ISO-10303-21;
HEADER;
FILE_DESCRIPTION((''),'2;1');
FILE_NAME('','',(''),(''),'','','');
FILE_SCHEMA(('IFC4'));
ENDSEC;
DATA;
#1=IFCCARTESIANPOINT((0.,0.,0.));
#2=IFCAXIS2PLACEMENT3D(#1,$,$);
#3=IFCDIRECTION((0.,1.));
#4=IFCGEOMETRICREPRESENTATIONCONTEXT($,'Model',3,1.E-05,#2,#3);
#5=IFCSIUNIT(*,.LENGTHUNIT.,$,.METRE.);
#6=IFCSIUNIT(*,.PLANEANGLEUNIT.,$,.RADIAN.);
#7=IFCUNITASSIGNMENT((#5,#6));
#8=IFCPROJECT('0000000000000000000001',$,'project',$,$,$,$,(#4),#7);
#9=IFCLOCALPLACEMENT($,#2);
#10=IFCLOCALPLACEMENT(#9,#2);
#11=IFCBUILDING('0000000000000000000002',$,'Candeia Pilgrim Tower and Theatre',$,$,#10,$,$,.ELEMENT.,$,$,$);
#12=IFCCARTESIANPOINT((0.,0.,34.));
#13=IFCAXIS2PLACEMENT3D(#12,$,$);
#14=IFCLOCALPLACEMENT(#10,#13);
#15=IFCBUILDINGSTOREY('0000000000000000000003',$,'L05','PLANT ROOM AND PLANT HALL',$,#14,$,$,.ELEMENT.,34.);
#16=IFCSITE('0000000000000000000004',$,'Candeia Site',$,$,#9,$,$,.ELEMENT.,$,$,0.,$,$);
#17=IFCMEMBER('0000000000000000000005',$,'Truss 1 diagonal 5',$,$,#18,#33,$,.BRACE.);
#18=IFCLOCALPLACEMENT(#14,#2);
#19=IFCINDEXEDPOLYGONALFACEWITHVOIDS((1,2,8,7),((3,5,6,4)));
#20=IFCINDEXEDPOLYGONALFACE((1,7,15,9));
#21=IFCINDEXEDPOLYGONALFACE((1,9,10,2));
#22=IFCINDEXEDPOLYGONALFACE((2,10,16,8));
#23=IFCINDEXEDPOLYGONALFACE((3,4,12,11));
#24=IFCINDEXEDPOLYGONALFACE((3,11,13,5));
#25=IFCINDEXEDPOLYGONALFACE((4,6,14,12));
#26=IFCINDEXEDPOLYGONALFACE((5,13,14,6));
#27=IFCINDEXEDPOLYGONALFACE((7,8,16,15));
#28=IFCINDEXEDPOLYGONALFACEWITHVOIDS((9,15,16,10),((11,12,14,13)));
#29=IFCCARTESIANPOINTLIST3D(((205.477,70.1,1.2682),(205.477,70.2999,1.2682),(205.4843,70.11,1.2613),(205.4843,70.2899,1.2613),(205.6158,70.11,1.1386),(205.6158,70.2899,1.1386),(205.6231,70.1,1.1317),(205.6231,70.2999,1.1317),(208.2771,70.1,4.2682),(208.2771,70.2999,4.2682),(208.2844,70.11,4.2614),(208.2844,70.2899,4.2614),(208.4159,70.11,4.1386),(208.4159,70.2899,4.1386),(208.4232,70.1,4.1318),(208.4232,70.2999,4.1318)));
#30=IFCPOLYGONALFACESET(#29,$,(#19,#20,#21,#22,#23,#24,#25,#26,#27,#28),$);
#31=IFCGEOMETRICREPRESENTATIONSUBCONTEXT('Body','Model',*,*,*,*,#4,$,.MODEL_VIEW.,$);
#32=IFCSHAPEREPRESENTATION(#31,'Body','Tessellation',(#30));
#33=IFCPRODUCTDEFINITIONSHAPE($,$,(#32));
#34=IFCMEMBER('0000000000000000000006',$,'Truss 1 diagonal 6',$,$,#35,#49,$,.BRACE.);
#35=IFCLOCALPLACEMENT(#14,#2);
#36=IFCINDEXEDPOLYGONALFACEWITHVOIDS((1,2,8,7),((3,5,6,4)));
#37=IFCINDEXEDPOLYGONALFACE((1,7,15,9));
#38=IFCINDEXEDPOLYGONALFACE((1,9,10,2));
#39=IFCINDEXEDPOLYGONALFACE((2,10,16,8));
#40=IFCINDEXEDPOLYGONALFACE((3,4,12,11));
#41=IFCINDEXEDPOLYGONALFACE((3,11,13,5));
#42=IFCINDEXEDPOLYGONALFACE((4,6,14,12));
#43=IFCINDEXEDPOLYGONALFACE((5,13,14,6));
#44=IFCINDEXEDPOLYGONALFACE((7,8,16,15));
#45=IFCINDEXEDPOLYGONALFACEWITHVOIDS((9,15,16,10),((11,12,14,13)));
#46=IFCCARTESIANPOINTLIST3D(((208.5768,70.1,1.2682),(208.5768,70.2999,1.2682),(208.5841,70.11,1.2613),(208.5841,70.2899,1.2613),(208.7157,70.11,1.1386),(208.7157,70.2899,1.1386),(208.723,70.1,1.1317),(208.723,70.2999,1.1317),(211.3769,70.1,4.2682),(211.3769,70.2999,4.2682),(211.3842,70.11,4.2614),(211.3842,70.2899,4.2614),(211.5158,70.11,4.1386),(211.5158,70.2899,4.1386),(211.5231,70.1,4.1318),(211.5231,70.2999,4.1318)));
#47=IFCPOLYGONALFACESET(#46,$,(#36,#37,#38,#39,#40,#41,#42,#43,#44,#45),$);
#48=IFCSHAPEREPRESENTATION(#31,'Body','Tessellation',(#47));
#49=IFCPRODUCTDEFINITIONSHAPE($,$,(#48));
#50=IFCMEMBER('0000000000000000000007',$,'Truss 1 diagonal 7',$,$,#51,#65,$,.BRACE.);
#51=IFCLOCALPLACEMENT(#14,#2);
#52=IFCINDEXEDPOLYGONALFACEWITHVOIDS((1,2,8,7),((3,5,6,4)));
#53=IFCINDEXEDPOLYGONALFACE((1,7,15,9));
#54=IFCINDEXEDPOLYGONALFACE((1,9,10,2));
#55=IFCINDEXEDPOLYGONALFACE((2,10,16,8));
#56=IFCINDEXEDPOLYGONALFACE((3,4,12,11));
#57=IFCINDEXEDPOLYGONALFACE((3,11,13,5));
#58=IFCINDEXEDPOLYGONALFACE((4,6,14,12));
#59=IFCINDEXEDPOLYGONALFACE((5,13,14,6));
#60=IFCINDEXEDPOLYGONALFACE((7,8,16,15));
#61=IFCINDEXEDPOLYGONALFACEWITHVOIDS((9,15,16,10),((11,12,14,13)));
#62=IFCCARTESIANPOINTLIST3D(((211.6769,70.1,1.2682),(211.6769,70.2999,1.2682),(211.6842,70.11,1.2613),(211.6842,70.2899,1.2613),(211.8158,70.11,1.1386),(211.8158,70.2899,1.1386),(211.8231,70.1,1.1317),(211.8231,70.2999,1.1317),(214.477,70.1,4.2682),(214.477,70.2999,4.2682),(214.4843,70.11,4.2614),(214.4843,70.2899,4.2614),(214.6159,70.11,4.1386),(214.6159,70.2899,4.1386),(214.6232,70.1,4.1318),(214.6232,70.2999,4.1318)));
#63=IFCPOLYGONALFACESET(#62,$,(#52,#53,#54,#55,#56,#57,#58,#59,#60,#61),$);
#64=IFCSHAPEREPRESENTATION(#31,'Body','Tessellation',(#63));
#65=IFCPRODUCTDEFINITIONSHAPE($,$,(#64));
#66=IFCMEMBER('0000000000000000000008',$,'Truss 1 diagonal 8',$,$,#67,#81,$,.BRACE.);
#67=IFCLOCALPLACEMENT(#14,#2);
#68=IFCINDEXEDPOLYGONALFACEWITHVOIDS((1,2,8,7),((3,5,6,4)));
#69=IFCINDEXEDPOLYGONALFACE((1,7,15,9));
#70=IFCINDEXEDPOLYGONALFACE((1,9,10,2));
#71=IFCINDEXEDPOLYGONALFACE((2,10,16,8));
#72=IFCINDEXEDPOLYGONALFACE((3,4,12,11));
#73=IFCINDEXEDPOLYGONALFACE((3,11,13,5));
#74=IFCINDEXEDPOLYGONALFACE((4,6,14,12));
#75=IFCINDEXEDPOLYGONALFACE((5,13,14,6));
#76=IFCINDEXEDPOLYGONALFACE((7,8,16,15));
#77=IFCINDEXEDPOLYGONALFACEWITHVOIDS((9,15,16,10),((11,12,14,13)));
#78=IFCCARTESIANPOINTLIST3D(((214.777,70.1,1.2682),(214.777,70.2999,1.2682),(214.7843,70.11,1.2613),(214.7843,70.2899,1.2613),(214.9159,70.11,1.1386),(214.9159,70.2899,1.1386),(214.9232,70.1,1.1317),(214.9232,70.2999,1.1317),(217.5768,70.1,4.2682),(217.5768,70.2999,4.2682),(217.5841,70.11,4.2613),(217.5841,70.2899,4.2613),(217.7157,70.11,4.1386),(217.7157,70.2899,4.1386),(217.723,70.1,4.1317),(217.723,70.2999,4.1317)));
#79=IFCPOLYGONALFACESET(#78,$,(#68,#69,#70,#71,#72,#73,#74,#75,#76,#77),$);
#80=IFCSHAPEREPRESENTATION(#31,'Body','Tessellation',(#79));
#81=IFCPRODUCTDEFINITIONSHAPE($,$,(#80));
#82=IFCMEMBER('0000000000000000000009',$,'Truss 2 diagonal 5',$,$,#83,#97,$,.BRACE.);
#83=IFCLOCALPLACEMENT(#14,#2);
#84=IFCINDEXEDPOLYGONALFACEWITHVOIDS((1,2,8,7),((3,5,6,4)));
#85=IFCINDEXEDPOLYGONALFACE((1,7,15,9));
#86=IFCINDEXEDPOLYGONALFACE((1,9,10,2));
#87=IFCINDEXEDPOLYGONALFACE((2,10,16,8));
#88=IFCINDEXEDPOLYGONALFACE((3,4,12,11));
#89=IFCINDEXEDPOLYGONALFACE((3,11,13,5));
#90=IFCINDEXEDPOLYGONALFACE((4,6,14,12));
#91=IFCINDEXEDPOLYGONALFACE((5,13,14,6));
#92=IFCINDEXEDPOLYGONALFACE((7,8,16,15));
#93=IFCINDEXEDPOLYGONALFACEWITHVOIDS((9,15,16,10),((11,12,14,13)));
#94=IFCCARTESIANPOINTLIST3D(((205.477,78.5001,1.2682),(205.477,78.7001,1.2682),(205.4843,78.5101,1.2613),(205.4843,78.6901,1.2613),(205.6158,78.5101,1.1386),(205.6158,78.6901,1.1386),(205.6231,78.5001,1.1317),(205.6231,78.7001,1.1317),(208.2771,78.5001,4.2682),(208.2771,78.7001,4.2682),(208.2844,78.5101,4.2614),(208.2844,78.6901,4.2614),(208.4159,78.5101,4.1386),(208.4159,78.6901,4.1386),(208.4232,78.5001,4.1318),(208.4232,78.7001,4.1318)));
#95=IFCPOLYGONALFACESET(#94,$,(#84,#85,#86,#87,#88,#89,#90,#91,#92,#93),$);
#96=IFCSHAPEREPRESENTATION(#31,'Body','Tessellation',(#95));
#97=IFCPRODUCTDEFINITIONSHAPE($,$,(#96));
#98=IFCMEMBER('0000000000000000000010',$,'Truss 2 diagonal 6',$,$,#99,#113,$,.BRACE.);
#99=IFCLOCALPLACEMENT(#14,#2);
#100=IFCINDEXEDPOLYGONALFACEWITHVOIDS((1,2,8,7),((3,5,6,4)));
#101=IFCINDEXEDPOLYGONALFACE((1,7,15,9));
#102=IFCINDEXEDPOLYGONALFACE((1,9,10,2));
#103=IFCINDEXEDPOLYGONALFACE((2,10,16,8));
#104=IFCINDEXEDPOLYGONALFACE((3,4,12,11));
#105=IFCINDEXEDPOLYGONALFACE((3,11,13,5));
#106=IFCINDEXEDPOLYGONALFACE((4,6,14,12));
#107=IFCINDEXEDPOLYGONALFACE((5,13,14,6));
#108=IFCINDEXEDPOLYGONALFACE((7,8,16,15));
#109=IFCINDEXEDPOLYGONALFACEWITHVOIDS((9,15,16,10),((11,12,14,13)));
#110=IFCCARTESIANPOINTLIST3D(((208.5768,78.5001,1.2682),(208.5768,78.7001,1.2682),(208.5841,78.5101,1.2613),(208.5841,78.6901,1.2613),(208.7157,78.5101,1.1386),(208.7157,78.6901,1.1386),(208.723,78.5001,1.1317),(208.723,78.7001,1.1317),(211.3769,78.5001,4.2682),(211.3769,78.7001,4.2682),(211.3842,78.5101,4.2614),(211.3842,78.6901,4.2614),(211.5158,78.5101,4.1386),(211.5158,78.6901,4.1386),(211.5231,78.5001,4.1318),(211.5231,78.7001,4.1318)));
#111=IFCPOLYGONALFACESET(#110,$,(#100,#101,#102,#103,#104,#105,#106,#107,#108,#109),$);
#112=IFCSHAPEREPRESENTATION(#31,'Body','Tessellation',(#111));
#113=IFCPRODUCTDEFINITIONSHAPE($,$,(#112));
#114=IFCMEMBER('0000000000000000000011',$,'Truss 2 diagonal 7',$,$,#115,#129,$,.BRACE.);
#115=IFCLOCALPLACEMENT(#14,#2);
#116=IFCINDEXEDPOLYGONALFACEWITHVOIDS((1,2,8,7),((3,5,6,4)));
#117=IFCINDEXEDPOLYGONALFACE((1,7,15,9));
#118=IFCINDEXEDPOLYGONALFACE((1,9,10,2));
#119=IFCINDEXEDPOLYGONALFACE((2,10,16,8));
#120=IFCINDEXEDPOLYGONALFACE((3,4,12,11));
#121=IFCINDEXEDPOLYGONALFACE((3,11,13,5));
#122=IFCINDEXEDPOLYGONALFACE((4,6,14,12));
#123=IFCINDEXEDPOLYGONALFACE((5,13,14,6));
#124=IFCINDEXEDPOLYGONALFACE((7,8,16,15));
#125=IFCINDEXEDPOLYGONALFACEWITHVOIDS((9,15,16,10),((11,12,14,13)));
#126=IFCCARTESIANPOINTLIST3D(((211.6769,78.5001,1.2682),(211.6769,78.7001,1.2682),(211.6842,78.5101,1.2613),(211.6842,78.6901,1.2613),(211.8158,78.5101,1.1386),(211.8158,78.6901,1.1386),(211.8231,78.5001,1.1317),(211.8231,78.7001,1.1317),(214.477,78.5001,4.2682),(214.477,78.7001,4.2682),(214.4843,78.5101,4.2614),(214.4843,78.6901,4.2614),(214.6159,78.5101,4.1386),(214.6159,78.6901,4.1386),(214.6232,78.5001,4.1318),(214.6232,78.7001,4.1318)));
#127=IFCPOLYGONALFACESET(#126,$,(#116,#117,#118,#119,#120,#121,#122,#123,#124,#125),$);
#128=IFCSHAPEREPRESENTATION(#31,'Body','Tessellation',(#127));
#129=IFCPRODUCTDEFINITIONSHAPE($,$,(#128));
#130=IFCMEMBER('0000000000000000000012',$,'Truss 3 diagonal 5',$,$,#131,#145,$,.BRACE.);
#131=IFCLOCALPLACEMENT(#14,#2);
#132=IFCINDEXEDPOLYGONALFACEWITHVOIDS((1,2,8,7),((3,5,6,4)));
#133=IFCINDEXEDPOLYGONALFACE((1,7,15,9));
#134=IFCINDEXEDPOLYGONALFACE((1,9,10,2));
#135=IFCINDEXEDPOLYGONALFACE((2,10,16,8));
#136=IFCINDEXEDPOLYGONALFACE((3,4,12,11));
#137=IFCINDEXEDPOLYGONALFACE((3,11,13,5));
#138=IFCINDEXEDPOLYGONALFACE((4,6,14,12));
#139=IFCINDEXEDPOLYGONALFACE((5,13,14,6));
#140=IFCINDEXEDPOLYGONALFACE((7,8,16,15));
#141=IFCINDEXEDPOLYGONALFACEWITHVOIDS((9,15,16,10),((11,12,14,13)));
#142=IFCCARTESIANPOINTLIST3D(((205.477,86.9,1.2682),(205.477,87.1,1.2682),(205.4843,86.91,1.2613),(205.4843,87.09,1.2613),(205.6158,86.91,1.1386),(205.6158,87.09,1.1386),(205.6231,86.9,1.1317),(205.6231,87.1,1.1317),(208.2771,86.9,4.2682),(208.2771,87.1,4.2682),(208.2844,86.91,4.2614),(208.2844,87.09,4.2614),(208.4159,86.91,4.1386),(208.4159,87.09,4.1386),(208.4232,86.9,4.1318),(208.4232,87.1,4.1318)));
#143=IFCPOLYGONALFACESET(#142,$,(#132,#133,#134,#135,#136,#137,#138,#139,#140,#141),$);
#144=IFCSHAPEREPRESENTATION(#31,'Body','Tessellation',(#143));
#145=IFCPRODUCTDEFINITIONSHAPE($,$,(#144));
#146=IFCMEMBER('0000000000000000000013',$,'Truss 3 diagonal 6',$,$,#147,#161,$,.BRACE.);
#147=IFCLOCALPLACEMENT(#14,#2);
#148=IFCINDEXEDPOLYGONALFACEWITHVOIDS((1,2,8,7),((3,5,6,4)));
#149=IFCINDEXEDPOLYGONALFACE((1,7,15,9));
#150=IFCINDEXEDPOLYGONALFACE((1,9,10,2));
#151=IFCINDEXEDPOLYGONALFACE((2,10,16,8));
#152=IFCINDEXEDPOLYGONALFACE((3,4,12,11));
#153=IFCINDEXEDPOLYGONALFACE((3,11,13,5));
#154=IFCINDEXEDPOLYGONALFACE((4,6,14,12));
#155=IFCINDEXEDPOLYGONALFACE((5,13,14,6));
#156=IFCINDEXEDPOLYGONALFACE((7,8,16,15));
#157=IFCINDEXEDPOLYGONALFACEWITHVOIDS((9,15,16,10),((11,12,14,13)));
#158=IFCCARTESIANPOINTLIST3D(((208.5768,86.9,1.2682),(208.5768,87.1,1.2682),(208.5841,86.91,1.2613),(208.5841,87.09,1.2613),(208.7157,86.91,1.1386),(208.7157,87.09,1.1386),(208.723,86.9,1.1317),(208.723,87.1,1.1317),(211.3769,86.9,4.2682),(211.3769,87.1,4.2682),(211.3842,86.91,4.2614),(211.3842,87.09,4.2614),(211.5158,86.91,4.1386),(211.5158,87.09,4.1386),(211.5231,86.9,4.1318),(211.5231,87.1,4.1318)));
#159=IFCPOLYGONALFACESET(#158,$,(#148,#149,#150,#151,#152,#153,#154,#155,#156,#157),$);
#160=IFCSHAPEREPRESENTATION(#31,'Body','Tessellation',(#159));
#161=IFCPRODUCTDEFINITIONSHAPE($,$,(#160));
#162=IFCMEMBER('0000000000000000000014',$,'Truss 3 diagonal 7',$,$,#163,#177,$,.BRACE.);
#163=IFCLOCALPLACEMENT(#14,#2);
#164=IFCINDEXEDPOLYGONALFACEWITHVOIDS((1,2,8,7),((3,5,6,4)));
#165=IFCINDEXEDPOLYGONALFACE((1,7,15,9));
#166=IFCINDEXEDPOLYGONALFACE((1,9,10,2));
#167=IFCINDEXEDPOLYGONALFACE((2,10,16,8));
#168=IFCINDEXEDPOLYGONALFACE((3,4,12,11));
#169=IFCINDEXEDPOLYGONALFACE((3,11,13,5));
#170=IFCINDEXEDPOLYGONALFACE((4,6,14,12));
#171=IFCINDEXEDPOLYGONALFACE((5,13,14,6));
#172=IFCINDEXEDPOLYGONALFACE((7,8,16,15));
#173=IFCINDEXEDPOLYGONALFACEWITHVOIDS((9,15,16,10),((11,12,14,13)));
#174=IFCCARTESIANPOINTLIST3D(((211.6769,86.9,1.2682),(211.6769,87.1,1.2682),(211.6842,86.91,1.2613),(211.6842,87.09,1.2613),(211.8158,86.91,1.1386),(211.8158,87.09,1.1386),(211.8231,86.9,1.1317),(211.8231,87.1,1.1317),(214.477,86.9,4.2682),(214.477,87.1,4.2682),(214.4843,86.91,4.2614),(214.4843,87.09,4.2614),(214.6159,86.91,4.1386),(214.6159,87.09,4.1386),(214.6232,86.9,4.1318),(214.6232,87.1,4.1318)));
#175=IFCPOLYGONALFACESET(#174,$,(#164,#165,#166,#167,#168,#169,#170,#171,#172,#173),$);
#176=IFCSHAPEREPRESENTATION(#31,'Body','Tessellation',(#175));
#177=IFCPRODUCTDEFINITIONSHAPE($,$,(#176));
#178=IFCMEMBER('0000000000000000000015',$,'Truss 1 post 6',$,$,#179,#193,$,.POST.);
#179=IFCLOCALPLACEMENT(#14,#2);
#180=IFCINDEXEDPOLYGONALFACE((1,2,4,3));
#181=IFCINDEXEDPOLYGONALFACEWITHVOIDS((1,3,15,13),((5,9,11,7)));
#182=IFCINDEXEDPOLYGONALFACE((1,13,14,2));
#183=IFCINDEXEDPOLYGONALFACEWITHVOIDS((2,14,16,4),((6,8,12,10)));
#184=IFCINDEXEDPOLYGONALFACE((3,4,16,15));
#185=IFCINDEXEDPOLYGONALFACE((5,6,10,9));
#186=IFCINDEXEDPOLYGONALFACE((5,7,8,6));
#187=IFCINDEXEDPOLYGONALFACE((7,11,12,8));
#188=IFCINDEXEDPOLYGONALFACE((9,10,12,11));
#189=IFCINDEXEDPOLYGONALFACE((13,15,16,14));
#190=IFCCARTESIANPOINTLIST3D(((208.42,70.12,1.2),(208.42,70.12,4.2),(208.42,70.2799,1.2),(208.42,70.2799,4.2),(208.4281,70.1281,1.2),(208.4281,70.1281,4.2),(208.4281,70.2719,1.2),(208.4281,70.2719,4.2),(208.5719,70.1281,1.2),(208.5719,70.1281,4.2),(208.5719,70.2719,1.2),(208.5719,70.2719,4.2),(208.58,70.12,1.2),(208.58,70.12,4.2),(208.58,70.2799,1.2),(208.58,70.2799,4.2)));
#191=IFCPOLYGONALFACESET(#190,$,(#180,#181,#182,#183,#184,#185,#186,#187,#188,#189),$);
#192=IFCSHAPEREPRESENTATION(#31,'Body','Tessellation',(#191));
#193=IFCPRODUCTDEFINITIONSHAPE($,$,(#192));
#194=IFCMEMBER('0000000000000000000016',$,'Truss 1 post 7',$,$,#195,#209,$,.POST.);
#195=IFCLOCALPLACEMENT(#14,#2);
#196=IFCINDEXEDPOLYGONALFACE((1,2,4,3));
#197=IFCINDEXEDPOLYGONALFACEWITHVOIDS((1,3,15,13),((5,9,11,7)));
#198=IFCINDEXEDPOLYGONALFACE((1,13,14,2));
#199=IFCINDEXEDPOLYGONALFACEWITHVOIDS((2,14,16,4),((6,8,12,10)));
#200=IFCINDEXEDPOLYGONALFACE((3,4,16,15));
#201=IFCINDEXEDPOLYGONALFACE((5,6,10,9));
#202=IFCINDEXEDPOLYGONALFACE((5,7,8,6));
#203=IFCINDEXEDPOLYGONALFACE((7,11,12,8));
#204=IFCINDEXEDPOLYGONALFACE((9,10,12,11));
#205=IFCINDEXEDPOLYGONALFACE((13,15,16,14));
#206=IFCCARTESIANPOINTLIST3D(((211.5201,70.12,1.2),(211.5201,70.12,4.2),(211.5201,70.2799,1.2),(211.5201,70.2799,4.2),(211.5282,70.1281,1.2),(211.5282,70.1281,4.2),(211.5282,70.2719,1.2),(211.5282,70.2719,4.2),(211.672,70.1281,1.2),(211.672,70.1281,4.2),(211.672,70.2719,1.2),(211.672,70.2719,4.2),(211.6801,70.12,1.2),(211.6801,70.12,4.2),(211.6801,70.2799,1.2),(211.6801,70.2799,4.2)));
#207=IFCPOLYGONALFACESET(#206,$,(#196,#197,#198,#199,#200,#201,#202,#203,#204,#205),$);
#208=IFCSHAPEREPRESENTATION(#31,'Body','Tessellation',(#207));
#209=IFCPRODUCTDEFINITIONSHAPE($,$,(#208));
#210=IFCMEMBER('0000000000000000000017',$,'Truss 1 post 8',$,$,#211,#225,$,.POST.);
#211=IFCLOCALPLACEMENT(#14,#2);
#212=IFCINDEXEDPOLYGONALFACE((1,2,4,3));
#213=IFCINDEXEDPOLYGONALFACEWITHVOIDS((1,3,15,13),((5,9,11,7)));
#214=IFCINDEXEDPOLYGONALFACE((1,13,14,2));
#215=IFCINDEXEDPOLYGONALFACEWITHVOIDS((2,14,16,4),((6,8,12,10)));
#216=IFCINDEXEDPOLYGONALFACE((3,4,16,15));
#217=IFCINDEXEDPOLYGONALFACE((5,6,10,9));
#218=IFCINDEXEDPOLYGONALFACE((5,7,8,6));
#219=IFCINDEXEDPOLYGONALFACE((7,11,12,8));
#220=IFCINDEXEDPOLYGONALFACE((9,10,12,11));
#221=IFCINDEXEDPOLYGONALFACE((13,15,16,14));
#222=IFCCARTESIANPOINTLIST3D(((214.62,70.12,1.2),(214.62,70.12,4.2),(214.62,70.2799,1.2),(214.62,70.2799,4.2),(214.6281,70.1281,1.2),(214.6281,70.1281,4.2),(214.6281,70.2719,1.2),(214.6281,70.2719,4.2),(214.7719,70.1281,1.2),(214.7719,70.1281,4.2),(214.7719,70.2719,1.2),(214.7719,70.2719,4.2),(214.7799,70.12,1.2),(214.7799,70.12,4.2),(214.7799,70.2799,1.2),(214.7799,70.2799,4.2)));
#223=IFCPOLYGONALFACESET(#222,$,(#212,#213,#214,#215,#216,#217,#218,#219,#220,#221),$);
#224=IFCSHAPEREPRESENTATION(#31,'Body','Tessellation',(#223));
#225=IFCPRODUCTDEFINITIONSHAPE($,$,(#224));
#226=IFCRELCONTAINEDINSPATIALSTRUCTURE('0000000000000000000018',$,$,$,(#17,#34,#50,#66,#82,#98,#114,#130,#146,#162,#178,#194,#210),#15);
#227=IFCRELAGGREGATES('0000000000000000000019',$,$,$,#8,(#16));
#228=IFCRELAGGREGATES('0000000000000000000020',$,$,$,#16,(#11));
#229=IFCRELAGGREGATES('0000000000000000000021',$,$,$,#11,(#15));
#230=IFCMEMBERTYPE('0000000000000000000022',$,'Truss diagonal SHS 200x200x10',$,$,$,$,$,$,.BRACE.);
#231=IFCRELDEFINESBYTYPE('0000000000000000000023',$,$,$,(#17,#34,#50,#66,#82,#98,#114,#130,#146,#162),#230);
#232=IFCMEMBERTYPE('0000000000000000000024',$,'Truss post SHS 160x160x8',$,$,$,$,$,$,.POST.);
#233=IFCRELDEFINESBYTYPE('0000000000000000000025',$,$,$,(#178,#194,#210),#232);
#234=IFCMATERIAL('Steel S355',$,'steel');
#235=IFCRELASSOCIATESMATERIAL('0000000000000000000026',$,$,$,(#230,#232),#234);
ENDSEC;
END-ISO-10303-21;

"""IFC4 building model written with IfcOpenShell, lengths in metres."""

from ifc_helpers import new_model, si_unit, direction, frame, origin, origin_2d, place, context, subcontext, project, spatial, hollow_rectangle, extrude, material, material_profile, profile_set, type_object, element, save


model = new_model("IFC4")

# Units and contexts
model_context = context("Model", 3, precision=1e-05, world=origin(), true_north=direction((0.0, 1.0)))
body_context = subcontext(model_context, "Body", "Model", "MODEL_VIEW")
ifc_project = project(units=[si_unit("LENGTHUNIT", "METRE"), si_unit("PLANEANGLEUNIT", "RADIAN")], contexts=[model_context])

# Site, building, storey
site_placement = place(None, origin())
site = spatial("IfcSite", under=ifc_project, at=site_placement, Name="Candeia Site", CompositionType="ELEMENT", RefElevation=0.0)
building_placement = place(site_placement, origin())
building = spatial("IfcBuilding", under=site, at=building_placement, Name="Candeia Pilgrim Tower and Theatre", CompositionType="ELEMENT")
storey_placement = place(building_placement, frame((0.0, 0.0, 34.0)))
storey = spatial("IfcBuildingStorey", under=building, at=storey_placement, Name="L05", Description="PLANT ROOM AND PLANT HALL", CompositionType="ELEMENT", Elevation=34.0)

# Members
ifc_material = material(Name="Steel S355", Category="steel")
ifc_material_profile_1 = material_profile(ifc_material, hollow_rectangle(XDim=0.2, YDim=0.2, WallThickness=0.01, at=origin_2d()))
ifc_profile_set_1 = profile_set([ifc_material_profile_1], Name="Steel S355")
member_type_1 = type_object("IfcMemberType", Name="Truss diagonal SHS 200x200x10", PredefinedType="BRACE", material=ifc_profile_set_1)
for number, where, z_axis, x_axis, name in (
    (1, (205.55, 70.2, 1.2), (0.682325, 0.0, 0.731049), (0.0, 1.0, 0.0), "Truss 1 diagonal 5"),
    (2, (208.6499, 70.2, 1.2), (0.682325, 0.0, 0.731049), (0.0, 1.0, 0.0), "Truss 1 diagonal 6"),
    (3, (211.75, 70.2, 1.2), (0.682325, 0.0, 0.731049), (0.0, 1.0, 0.0), "Truss 1 diagonal 7"),
):
    element("IfcMember", number, at=place(storey_placement, frame(where, z_axis=z_axis, x_axis=x_axis)), inside=storey, type_object=member_type_1, Name=name, PredefinedType="BRACE", context=body_context, shape_type="SweptSolid", body=[
        extrude(hollow_rectangle(XDim=0.2, YDim=0.2, WallThickness=0.01, at=origin_2d()), origin(), (0.0, 0.0, 1.0), 4.1038),
    ])
member_1_placement = place(storey_placement, frame((214.8501, 70.2, 1.2), z_axis=(0.682293, 0.0, 0.731079), x_axis=(0.0, 1.0, 0.0)))
element("IfcMember", 4, at=member_1_placement, inside=storey, type_object=member_type_1, Name="Truss 1 diagonal 8", PredefinedType="BRACE", context=body_context, shape_type="SweptSolid", body=[
    extrude(hollow_rectangle(XDim=0.2, YDim=0.2, WallThickness=0.01, at=origin_2d()), origin(), (0.0, 0.0, 1.0), 4.1035),
])
for number, where, z_axis, x_axis, name in (
    (5, (205.55, 78.6001, 1.2), (0.682325, 0.0, 0.731049), (0.0, 1.0, 0.0), "Truss 2 diagonal 5"),
    (6, (208.6499, 78.6001, 1.2), (0.682325, 0.0, 0.731049), (0.0, 1.0, 0.0), "Truss 2 diagonal 6"),
    (7, (211.75, 78.6001, 1.2), (0.682325, 0.0, 0.731049), (0.0, 1.0, 0.0), "Truss 2 diagonal 7"),
    (8, (205.55, 87.0, 1.2), (0.682325, 0.0, 0.731049), (0.0, 1.0, 0.0), "Truss 3 diagonal 5"),
    (9, (208.6499, 87.0, 1.2), (0.682325, 0.0, 0.731049), (0.0, 1.0, 0.0), "Truss 3 diagonal 6"),
    (10, (211.75, 87.0, 1.2), (0.682325, 0.0, 0.731049), (0.0, 1.0, 0.0), "Truss 3 diagonal 7"),
):
    element("IfcMember", number, at=place(storey_placement, frame(where, z_axis=z_axis, x_axis=x_axis)), inside=storey, type_object=member_type_1, Name=name, PredefinedType="BRACE", context=body_context, shape_type="SweptSolid", body=[
        extrude(hollow_rectangle(XDim=0.2, YDim=0.2, WallThickness=0.01, at=origin_2d()), origin(), (0.0, 0.0, 1.0), 4.1038),
    ])
ifc_material_profile_2 = material_profile(ifc_material, hollow_rectangle(XDim=0.1599, YDim=0.1599, WallThickness=0.0081, at=origin_2d()))
ifc_profile_set_2 = profile_set([ifc_material_profile_2], Name="Steel S355")
member_type_2 = type_object("IfcMemberType", Name="Truss post SHS 160x160x8", PredefinedType="POST", material=ifc_profile_set_2)
for number, where, z_axis, x_axis, name in (
    (11, (208.5, 70.2, 1.2), (0.0, 0.0, 1.0), (1.0, 0.0, 0.0), "Truss 1 post 6"),
    (12, (211.6001, 70.2, 1.2), (0.0, 0.0, 1.0), (1.0, 0.0, 0.0), "Truss 1 post 7"),
    (13, (214.7, 70.2, 1.2), (0.0, 0.0, 1.0), (1.0, 0.0, 0.0), "Truss 1 post 8"),
):
    element("IfcMember", number, at=place(storey_placement, frame(where, z_axis=z_axis, x_axis=x_axis)), inside=storey, type_object=member_type_2, Name=name, PredefinedType="POST", context=body_context, shape_type="SweptSolid", body=[
        extrude(hollow_rectangle(XDim=0.1599, YDim=0.1599, WallThickness=0.0081, at=origin_2d()), origin(), (0.0, 0.0, 1.0), 3.0),
    ])

save(model, "model.ifc")
